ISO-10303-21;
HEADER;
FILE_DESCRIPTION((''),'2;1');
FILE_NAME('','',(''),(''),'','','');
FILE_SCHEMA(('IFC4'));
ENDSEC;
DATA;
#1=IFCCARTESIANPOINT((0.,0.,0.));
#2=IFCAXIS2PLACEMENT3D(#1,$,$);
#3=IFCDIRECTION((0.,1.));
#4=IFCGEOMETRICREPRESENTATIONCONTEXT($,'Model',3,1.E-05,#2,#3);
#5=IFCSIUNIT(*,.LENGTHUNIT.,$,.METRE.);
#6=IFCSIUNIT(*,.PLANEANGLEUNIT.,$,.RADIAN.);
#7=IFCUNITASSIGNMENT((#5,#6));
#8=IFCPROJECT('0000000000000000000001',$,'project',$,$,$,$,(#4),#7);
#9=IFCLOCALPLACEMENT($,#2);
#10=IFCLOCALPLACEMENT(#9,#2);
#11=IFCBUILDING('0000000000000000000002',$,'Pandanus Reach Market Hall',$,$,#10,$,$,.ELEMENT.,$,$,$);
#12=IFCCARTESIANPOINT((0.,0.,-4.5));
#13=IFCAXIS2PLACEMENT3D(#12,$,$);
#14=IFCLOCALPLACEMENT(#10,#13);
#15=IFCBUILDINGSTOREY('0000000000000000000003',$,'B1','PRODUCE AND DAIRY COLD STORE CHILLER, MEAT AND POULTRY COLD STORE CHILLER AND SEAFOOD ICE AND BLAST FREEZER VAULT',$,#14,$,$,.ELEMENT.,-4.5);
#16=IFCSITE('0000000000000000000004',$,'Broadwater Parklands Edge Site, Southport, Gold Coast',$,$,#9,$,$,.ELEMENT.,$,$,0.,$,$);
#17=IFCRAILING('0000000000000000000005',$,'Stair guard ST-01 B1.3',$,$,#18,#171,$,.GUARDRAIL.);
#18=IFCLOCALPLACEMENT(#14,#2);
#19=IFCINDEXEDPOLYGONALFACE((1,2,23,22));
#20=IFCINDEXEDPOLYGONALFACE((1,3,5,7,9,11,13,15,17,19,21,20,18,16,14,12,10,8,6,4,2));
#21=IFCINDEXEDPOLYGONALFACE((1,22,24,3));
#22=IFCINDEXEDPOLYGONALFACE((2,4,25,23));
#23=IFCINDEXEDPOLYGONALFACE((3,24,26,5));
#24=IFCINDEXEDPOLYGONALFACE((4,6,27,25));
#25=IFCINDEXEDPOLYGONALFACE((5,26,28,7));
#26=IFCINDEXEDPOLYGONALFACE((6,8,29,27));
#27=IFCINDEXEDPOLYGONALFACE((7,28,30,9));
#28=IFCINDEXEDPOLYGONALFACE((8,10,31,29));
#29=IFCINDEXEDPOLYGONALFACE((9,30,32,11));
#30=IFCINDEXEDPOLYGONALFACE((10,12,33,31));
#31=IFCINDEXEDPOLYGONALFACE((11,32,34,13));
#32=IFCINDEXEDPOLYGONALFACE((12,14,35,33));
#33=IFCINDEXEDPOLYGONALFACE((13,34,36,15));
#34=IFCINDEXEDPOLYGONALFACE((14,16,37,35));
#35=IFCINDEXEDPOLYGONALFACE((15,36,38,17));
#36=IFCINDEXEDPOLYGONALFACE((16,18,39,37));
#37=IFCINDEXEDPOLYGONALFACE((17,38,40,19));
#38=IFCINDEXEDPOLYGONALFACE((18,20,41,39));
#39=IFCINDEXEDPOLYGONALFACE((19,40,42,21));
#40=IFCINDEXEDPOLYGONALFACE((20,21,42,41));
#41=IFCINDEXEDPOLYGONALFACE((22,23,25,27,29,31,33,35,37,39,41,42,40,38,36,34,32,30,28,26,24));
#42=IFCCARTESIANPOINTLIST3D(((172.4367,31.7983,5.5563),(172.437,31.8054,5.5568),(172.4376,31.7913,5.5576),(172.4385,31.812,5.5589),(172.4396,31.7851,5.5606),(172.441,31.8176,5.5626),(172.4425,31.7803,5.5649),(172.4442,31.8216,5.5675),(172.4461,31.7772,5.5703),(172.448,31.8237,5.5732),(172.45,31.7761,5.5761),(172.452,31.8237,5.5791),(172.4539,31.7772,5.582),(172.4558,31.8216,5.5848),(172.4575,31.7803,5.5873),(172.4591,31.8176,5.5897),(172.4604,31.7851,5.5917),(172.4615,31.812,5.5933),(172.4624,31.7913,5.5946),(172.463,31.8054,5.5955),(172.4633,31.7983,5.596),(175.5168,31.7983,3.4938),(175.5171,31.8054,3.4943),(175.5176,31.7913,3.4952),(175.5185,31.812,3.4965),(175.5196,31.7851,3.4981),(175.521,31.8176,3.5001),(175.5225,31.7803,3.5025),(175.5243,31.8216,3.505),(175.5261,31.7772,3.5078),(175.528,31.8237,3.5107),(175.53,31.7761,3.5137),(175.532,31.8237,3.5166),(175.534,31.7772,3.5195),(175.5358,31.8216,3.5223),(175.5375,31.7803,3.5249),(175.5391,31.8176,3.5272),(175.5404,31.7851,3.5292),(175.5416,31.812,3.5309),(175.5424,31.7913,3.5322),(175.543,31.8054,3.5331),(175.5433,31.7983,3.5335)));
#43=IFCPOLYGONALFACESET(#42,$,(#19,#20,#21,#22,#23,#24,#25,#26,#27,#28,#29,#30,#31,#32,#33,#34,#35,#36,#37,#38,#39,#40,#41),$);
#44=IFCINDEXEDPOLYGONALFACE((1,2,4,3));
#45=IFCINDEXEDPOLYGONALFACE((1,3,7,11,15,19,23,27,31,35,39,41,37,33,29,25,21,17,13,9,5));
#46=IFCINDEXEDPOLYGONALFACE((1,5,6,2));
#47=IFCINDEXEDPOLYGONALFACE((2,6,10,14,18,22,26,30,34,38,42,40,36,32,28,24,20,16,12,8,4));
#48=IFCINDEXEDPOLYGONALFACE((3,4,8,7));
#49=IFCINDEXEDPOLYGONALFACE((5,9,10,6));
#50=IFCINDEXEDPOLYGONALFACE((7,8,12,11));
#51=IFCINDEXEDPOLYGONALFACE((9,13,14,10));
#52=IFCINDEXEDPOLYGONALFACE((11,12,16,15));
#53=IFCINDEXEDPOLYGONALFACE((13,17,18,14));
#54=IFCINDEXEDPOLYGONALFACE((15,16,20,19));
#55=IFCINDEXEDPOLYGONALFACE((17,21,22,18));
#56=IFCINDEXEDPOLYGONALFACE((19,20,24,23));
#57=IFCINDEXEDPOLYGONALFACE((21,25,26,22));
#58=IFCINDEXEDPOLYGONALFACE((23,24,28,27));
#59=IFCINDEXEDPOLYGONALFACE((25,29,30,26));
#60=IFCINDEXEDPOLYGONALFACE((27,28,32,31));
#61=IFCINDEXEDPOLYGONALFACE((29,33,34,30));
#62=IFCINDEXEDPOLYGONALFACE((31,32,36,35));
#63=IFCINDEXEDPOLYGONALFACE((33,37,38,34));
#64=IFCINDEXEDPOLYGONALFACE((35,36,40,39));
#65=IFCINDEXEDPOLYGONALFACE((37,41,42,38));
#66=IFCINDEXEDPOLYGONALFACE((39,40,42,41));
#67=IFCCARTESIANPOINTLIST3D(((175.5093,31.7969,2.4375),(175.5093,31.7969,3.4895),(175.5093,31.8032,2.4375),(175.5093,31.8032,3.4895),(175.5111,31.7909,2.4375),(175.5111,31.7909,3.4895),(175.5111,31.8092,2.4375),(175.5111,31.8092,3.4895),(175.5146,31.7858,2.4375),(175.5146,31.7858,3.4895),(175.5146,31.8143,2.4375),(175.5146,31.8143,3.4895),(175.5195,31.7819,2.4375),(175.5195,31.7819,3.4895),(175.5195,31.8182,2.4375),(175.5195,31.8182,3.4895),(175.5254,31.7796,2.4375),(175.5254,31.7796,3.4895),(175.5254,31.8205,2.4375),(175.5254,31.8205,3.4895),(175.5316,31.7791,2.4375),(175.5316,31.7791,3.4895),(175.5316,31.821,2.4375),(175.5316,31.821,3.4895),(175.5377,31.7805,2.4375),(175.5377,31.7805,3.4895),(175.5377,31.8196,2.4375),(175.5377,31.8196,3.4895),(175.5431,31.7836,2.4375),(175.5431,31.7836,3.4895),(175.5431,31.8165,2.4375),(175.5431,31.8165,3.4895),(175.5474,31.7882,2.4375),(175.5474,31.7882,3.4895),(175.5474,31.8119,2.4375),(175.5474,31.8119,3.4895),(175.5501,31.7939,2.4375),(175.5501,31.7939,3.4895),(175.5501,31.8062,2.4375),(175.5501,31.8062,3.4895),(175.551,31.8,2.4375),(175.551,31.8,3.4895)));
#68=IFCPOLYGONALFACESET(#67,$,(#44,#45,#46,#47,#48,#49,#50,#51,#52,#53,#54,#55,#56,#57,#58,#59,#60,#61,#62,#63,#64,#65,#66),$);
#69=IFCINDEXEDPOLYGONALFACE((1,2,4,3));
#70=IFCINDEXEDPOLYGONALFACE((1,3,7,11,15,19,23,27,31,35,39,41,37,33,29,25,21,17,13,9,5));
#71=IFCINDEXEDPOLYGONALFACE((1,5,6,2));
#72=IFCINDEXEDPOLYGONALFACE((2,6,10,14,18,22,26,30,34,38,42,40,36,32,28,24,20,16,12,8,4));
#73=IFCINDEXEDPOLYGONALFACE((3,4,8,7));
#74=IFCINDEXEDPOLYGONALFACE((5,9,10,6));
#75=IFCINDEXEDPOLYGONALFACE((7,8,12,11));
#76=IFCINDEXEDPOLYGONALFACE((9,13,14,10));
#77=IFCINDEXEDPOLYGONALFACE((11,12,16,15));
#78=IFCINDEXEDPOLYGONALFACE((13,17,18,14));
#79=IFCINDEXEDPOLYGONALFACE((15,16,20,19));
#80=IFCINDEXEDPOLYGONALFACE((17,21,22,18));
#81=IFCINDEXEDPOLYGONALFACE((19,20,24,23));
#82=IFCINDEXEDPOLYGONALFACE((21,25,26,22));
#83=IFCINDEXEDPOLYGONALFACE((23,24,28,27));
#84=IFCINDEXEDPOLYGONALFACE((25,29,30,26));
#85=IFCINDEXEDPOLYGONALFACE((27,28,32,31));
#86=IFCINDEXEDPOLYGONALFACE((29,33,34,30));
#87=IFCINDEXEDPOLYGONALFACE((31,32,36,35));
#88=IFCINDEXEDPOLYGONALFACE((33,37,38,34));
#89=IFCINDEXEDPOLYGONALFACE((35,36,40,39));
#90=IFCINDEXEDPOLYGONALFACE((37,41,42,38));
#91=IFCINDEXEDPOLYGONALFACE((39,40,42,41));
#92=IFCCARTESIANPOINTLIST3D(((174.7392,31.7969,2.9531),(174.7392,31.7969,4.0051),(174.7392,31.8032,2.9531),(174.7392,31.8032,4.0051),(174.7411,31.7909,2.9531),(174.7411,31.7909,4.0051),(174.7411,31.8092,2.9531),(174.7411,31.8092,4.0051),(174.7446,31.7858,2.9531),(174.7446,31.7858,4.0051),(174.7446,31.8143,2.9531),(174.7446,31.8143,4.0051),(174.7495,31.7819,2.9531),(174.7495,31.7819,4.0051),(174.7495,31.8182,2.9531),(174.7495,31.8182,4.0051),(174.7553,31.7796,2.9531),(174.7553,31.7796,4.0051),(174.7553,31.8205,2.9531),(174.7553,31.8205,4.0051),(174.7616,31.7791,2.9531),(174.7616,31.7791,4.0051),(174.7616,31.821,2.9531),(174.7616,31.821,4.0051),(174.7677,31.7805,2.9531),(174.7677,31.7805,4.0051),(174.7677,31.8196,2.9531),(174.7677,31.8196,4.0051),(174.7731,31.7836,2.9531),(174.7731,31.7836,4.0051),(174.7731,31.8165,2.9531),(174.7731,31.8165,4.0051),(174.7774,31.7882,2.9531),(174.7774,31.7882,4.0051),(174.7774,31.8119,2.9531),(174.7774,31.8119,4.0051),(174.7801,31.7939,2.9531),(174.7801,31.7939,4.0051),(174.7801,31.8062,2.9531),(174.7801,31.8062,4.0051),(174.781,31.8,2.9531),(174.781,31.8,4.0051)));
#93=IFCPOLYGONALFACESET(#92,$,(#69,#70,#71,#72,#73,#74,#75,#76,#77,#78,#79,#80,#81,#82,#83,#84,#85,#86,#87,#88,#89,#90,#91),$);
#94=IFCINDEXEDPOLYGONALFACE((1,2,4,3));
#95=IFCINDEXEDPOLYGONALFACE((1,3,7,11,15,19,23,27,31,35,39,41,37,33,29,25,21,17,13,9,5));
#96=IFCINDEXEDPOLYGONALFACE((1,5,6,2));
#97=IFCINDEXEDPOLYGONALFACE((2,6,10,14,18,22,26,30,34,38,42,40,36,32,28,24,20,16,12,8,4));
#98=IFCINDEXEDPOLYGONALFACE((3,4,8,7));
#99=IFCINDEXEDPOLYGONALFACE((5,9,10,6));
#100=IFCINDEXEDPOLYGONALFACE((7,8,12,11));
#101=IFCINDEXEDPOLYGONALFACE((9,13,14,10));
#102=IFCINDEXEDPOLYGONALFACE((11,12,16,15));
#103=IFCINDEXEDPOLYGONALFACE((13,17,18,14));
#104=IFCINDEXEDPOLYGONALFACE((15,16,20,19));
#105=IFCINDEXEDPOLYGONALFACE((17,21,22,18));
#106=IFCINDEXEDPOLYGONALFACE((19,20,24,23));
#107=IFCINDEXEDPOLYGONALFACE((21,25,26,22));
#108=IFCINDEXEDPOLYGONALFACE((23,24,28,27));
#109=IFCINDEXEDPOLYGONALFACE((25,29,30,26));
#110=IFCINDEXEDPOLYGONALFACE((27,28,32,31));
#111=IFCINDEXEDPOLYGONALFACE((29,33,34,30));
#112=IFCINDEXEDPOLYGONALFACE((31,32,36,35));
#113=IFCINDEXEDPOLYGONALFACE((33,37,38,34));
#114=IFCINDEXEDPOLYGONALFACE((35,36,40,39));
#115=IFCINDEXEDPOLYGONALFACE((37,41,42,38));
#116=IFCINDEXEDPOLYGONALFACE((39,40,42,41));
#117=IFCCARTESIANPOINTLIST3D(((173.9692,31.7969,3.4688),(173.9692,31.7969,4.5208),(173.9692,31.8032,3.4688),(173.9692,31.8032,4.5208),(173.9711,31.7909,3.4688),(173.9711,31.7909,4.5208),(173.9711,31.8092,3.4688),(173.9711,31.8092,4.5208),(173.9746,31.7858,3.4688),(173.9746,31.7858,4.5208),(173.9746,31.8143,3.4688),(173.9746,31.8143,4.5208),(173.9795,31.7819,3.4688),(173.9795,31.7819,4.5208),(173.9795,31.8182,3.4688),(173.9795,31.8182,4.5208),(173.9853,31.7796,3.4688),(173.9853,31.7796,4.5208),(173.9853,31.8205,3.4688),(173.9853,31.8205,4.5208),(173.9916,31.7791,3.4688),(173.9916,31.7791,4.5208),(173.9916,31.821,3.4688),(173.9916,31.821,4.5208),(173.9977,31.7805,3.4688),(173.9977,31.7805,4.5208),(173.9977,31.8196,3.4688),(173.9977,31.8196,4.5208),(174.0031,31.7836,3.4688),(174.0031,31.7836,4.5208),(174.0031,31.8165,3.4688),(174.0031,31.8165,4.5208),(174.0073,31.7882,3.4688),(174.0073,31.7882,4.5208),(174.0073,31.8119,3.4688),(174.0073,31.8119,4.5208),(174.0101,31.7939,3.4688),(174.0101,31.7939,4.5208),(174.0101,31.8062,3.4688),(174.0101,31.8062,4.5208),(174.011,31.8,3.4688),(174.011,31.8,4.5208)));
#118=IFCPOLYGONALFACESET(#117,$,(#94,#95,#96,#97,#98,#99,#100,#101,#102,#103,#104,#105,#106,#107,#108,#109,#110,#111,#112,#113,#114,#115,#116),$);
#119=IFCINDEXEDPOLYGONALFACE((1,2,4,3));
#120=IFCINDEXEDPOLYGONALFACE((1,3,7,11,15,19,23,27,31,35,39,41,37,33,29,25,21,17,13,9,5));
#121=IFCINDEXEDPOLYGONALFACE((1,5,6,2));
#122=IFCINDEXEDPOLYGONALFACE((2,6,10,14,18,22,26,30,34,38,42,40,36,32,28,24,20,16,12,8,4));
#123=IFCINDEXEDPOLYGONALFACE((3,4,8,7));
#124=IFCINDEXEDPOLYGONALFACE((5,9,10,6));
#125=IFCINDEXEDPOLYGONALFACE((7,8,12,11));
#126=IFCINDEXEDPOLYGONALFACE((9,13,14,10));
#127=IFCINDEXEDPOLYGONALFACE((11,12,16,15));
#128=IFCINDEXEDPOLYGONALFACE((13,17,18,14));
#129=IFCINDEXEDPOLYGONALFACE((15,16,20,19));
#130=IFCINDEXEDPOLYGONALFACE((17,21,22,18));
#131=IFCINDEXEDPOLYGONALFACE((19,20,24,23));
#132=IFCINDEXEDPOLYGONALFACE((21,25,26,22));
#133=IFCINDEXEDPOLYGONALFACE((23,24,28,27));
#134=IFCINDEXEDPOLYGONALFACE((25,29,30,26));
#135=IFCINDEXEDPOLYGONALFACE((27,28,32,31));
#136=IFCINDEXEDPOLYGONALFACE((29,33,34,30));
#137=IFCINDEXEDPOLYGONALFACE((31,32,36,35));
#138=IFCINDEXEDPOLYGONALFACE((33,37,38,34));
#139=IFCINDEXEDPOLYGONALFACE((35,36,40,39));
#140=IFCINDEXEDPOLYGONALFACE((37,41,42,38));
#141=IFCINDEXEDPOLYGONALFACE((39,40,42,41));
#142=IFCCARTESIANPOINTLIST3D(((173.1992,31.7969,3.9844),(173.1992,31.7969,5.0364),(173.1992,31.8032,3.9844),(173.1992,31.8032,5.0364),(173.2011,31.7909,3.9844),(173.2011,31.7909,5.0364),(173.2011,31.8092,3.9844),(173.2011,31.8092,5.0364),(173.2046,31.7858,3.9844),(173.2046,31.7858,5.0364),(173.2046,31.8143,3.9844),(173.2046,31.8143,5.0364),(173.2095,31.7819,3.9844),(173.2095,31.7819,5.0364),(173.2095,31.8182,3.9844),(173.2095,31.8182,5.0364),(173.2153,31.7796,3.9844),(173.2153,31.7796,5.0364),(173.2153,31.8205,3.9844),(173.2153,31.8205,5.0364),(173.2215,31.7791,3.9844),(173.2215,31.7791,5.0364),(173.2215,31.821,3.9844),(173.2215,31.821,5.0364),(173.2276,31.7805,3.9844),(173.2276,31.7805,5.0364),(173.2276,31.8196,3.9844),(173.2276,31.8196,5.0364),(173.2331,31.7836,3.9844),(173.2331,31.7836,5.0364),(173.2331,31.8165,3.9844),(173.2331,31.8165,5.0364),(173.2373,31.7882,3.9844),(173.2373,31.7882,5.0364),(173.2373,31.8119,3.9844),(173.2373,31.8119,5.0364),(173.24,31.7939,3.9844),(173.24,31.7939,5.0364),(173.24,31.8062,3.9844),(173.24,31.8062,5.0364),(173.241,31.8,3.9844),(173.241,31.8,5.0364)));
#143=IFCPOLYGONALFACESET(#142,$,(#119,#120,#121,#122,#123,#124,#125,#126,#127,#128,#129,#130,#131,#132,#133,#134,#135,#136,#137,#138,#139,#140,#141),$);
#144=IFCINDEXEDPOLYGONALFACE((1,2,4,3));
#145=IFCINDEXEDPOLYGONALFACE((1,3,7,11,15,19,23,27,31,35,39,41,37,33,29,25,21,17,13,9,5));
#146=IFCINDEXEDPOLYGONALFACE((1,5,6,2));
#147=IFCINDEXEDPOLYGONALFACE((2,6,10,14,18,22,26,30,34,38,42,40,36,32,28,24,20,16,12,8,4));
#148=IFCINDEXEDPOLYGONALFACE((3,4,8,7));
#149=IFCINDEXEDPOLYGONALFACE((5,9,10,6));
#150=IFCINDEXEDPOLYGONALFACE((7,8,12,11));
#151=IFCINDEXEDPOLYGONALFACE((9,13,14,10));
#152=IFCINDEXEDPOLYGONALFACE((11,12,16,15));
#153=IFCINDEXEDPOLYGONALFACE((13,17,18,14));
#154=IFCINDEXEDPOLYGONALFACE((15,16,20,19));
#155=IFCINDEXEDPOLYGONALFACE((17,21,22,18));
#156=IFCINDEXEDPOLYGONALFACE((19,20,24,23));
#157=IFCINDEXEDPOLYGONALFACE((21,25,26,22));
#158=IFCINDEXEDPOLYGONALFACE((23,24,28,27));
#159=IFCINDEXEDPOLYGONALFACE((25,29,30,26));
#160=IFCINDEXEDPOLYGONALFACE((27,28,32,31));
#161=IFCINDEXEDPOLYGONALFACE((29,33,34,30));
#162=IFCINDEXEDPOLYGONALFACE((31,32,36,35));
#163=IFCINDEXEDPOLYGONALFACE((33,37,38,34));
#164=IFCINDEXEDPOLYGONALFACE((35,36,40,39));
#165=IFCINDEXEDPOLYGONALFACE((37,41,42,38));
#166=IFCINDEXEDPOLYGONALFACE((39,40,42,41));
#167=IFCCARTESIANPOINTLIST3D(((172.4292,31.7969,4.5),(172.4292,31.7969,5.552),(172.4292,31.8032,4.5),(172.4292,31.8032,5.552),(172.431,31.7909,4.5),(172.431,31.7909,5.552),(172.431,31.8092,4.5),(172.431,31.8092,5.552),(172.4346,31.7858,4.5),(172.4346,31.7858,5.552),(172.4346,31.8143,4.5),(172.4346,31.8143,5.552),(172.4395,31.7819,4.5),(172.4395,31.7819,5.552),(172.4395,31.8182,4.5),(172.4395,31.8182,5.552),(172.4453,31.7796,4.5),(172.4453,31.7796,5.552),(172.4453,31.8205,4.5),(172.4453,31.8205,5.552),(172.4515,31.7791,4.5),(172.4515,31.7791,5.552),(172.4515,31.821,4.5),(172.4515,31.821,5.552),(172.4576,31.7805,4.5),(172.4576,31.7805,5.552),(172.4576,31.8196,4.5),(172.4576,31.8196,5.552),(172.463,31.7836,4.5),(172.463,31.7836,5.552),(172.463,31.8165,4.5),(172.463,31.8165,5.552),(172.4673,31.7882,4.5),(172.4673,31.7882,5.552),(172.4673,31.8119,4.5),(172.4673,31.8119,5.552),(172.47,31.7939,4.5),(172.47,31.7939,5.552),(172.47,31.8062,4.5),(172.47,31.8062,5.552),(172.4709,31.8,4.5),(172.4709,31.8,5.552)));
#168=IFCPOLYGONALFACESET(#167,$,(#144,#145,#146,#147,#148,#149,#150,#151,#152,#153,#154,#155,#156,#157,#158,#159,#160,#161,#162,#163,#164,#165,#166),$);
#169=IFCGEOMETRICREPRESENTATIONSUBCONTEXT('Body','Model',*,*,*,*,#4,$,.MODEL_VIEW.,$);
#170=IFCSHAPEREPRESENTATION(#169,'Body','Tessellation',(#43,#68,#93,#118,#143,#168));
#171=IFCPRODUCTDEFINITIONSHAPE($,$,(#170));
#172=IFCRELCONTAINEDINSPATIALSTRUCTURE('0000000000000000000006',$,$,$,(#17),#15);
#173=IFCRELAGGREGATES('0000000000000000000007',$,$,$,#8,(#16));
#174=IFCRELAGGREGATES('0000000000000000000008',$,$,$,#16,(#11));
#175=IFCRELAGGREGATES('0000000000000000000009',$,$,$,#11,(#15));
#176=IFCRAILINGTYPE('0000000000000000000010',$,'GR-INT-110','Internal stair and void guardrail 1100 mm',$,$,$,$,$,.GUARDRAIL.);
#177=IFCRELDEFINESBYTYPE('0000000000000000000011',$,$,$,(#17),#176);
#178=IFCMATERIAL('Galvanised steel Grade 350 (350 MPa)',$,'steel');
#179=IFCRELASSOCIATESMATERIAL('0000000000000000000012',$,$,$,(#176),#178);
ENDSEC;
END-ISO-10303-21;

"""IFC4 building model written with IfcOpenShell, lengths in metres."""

from ifc_helpers import new_model, si_unit, direction, frame, origin, origin_2d, place, context, subcontext, project, spatial, circle, extrude, material, type_object, element, save


model = new_model("IFC4")

# Units and contexts
model_context = context("Model", 3, precision=1e-05, world=origin(), true_north=direction((0.0, 1.0)))
body_context = subcontext(model_context, "Body", "Model", "MODEL_VIEW")
ifc_project = project(units=[si_unit("LENGTHUNIT", "METRE"), si_unit("PLANEANGLEUNIT", "RADIAN")], contexts=[model_context])

# Site, building, storey
site_placement = place(None, origin())
site = spatial("IfcSite", under=ifc_project, at=site_placement, Name="Broadwater Parklands Edge Site, Southport, Gold Coast", CompositionType="ELEMENT", RefElevation=0.0)
building_placement = place(site_placement, origin())
building = spatial("IfcBuilding", under=site, at=building_placement, Name="Pandanus Reach Market Hall", CompositionType="ELEMENT")
storey_placement = place(building_placement, frame((0.0, 0.0, -4.5)))
storey = spatial("IfcBuildingStorey", under=building, at=storey_placement, Name="B1", Description="PRODUCE AND DAIRY COLD STORE CHILLER, MEAT AND POULTRY COLD STORE CHILLER AND SEAFOOD ICE AND BLAST FREEZER VAULT", CompositionType="ELEMENT", Elevation=-4.5)

# Railing
ifc_material_1 = material(Name="Galvanised steel Grade 350 (350 MPa)", Category="steel")
railing_type_1 = type_object("IfcRailingType", Name="GR-INT-110", Description="Internal stair and void guardrail 1100 mm", PredefinedType="GUARDRAIL", material=ifc_material_1)
railing_1_placement = place(storey_placement, frame((175.53, 31.8, 2.4375)))
element("IfcRailing", 1, at=railing_1_placement, inside=storey, type_object=railing_type_1, Name="Stair guard ST-01 B1.3", PredefinedType="GUARDRAIL", context=body_context, shape_type="SweptSolid", body=[
    extrude(circle(Radius=0.0239, at=origin_2d()), frame((0.0, 0.0, 1.0762), z_axis=(-0.830914, 0.0, 0.556401), x_axis=(0.0, -1.0, 0.0)), (0.0, 0.0, 1.0), 3.7068),
    extrude(circle(Radius=0.021, at=origin_2d()), origin(), (0.0, 0.0, 1.0), 1.052),
    extrude(circle(Radius=0.021, at=origin_2d()), frame((-0.77, 0.0, 0.5156)), (0.0, 0.0, 1.0), 1.052),
    extrude(circle(Radius=0.021, at=origin_2d()), frame((-1.54, 0.0, 1.0312)), (0.0, 0.0, 1.0), 1.052),
    extrude(circle(Radius=0.021, at=origin_2d()), frame((-2.3101, 0.0, 1.5469)), (0.0, 0.0, 1.0), 1.052),
    extrude(circle(Radius=0.021, at=origin_2d()), frame((-3.0801, 0.0, 2.0625)), (0.0, 0.0, 1.0), 1.052),
])

save(model, "model.ifc")
